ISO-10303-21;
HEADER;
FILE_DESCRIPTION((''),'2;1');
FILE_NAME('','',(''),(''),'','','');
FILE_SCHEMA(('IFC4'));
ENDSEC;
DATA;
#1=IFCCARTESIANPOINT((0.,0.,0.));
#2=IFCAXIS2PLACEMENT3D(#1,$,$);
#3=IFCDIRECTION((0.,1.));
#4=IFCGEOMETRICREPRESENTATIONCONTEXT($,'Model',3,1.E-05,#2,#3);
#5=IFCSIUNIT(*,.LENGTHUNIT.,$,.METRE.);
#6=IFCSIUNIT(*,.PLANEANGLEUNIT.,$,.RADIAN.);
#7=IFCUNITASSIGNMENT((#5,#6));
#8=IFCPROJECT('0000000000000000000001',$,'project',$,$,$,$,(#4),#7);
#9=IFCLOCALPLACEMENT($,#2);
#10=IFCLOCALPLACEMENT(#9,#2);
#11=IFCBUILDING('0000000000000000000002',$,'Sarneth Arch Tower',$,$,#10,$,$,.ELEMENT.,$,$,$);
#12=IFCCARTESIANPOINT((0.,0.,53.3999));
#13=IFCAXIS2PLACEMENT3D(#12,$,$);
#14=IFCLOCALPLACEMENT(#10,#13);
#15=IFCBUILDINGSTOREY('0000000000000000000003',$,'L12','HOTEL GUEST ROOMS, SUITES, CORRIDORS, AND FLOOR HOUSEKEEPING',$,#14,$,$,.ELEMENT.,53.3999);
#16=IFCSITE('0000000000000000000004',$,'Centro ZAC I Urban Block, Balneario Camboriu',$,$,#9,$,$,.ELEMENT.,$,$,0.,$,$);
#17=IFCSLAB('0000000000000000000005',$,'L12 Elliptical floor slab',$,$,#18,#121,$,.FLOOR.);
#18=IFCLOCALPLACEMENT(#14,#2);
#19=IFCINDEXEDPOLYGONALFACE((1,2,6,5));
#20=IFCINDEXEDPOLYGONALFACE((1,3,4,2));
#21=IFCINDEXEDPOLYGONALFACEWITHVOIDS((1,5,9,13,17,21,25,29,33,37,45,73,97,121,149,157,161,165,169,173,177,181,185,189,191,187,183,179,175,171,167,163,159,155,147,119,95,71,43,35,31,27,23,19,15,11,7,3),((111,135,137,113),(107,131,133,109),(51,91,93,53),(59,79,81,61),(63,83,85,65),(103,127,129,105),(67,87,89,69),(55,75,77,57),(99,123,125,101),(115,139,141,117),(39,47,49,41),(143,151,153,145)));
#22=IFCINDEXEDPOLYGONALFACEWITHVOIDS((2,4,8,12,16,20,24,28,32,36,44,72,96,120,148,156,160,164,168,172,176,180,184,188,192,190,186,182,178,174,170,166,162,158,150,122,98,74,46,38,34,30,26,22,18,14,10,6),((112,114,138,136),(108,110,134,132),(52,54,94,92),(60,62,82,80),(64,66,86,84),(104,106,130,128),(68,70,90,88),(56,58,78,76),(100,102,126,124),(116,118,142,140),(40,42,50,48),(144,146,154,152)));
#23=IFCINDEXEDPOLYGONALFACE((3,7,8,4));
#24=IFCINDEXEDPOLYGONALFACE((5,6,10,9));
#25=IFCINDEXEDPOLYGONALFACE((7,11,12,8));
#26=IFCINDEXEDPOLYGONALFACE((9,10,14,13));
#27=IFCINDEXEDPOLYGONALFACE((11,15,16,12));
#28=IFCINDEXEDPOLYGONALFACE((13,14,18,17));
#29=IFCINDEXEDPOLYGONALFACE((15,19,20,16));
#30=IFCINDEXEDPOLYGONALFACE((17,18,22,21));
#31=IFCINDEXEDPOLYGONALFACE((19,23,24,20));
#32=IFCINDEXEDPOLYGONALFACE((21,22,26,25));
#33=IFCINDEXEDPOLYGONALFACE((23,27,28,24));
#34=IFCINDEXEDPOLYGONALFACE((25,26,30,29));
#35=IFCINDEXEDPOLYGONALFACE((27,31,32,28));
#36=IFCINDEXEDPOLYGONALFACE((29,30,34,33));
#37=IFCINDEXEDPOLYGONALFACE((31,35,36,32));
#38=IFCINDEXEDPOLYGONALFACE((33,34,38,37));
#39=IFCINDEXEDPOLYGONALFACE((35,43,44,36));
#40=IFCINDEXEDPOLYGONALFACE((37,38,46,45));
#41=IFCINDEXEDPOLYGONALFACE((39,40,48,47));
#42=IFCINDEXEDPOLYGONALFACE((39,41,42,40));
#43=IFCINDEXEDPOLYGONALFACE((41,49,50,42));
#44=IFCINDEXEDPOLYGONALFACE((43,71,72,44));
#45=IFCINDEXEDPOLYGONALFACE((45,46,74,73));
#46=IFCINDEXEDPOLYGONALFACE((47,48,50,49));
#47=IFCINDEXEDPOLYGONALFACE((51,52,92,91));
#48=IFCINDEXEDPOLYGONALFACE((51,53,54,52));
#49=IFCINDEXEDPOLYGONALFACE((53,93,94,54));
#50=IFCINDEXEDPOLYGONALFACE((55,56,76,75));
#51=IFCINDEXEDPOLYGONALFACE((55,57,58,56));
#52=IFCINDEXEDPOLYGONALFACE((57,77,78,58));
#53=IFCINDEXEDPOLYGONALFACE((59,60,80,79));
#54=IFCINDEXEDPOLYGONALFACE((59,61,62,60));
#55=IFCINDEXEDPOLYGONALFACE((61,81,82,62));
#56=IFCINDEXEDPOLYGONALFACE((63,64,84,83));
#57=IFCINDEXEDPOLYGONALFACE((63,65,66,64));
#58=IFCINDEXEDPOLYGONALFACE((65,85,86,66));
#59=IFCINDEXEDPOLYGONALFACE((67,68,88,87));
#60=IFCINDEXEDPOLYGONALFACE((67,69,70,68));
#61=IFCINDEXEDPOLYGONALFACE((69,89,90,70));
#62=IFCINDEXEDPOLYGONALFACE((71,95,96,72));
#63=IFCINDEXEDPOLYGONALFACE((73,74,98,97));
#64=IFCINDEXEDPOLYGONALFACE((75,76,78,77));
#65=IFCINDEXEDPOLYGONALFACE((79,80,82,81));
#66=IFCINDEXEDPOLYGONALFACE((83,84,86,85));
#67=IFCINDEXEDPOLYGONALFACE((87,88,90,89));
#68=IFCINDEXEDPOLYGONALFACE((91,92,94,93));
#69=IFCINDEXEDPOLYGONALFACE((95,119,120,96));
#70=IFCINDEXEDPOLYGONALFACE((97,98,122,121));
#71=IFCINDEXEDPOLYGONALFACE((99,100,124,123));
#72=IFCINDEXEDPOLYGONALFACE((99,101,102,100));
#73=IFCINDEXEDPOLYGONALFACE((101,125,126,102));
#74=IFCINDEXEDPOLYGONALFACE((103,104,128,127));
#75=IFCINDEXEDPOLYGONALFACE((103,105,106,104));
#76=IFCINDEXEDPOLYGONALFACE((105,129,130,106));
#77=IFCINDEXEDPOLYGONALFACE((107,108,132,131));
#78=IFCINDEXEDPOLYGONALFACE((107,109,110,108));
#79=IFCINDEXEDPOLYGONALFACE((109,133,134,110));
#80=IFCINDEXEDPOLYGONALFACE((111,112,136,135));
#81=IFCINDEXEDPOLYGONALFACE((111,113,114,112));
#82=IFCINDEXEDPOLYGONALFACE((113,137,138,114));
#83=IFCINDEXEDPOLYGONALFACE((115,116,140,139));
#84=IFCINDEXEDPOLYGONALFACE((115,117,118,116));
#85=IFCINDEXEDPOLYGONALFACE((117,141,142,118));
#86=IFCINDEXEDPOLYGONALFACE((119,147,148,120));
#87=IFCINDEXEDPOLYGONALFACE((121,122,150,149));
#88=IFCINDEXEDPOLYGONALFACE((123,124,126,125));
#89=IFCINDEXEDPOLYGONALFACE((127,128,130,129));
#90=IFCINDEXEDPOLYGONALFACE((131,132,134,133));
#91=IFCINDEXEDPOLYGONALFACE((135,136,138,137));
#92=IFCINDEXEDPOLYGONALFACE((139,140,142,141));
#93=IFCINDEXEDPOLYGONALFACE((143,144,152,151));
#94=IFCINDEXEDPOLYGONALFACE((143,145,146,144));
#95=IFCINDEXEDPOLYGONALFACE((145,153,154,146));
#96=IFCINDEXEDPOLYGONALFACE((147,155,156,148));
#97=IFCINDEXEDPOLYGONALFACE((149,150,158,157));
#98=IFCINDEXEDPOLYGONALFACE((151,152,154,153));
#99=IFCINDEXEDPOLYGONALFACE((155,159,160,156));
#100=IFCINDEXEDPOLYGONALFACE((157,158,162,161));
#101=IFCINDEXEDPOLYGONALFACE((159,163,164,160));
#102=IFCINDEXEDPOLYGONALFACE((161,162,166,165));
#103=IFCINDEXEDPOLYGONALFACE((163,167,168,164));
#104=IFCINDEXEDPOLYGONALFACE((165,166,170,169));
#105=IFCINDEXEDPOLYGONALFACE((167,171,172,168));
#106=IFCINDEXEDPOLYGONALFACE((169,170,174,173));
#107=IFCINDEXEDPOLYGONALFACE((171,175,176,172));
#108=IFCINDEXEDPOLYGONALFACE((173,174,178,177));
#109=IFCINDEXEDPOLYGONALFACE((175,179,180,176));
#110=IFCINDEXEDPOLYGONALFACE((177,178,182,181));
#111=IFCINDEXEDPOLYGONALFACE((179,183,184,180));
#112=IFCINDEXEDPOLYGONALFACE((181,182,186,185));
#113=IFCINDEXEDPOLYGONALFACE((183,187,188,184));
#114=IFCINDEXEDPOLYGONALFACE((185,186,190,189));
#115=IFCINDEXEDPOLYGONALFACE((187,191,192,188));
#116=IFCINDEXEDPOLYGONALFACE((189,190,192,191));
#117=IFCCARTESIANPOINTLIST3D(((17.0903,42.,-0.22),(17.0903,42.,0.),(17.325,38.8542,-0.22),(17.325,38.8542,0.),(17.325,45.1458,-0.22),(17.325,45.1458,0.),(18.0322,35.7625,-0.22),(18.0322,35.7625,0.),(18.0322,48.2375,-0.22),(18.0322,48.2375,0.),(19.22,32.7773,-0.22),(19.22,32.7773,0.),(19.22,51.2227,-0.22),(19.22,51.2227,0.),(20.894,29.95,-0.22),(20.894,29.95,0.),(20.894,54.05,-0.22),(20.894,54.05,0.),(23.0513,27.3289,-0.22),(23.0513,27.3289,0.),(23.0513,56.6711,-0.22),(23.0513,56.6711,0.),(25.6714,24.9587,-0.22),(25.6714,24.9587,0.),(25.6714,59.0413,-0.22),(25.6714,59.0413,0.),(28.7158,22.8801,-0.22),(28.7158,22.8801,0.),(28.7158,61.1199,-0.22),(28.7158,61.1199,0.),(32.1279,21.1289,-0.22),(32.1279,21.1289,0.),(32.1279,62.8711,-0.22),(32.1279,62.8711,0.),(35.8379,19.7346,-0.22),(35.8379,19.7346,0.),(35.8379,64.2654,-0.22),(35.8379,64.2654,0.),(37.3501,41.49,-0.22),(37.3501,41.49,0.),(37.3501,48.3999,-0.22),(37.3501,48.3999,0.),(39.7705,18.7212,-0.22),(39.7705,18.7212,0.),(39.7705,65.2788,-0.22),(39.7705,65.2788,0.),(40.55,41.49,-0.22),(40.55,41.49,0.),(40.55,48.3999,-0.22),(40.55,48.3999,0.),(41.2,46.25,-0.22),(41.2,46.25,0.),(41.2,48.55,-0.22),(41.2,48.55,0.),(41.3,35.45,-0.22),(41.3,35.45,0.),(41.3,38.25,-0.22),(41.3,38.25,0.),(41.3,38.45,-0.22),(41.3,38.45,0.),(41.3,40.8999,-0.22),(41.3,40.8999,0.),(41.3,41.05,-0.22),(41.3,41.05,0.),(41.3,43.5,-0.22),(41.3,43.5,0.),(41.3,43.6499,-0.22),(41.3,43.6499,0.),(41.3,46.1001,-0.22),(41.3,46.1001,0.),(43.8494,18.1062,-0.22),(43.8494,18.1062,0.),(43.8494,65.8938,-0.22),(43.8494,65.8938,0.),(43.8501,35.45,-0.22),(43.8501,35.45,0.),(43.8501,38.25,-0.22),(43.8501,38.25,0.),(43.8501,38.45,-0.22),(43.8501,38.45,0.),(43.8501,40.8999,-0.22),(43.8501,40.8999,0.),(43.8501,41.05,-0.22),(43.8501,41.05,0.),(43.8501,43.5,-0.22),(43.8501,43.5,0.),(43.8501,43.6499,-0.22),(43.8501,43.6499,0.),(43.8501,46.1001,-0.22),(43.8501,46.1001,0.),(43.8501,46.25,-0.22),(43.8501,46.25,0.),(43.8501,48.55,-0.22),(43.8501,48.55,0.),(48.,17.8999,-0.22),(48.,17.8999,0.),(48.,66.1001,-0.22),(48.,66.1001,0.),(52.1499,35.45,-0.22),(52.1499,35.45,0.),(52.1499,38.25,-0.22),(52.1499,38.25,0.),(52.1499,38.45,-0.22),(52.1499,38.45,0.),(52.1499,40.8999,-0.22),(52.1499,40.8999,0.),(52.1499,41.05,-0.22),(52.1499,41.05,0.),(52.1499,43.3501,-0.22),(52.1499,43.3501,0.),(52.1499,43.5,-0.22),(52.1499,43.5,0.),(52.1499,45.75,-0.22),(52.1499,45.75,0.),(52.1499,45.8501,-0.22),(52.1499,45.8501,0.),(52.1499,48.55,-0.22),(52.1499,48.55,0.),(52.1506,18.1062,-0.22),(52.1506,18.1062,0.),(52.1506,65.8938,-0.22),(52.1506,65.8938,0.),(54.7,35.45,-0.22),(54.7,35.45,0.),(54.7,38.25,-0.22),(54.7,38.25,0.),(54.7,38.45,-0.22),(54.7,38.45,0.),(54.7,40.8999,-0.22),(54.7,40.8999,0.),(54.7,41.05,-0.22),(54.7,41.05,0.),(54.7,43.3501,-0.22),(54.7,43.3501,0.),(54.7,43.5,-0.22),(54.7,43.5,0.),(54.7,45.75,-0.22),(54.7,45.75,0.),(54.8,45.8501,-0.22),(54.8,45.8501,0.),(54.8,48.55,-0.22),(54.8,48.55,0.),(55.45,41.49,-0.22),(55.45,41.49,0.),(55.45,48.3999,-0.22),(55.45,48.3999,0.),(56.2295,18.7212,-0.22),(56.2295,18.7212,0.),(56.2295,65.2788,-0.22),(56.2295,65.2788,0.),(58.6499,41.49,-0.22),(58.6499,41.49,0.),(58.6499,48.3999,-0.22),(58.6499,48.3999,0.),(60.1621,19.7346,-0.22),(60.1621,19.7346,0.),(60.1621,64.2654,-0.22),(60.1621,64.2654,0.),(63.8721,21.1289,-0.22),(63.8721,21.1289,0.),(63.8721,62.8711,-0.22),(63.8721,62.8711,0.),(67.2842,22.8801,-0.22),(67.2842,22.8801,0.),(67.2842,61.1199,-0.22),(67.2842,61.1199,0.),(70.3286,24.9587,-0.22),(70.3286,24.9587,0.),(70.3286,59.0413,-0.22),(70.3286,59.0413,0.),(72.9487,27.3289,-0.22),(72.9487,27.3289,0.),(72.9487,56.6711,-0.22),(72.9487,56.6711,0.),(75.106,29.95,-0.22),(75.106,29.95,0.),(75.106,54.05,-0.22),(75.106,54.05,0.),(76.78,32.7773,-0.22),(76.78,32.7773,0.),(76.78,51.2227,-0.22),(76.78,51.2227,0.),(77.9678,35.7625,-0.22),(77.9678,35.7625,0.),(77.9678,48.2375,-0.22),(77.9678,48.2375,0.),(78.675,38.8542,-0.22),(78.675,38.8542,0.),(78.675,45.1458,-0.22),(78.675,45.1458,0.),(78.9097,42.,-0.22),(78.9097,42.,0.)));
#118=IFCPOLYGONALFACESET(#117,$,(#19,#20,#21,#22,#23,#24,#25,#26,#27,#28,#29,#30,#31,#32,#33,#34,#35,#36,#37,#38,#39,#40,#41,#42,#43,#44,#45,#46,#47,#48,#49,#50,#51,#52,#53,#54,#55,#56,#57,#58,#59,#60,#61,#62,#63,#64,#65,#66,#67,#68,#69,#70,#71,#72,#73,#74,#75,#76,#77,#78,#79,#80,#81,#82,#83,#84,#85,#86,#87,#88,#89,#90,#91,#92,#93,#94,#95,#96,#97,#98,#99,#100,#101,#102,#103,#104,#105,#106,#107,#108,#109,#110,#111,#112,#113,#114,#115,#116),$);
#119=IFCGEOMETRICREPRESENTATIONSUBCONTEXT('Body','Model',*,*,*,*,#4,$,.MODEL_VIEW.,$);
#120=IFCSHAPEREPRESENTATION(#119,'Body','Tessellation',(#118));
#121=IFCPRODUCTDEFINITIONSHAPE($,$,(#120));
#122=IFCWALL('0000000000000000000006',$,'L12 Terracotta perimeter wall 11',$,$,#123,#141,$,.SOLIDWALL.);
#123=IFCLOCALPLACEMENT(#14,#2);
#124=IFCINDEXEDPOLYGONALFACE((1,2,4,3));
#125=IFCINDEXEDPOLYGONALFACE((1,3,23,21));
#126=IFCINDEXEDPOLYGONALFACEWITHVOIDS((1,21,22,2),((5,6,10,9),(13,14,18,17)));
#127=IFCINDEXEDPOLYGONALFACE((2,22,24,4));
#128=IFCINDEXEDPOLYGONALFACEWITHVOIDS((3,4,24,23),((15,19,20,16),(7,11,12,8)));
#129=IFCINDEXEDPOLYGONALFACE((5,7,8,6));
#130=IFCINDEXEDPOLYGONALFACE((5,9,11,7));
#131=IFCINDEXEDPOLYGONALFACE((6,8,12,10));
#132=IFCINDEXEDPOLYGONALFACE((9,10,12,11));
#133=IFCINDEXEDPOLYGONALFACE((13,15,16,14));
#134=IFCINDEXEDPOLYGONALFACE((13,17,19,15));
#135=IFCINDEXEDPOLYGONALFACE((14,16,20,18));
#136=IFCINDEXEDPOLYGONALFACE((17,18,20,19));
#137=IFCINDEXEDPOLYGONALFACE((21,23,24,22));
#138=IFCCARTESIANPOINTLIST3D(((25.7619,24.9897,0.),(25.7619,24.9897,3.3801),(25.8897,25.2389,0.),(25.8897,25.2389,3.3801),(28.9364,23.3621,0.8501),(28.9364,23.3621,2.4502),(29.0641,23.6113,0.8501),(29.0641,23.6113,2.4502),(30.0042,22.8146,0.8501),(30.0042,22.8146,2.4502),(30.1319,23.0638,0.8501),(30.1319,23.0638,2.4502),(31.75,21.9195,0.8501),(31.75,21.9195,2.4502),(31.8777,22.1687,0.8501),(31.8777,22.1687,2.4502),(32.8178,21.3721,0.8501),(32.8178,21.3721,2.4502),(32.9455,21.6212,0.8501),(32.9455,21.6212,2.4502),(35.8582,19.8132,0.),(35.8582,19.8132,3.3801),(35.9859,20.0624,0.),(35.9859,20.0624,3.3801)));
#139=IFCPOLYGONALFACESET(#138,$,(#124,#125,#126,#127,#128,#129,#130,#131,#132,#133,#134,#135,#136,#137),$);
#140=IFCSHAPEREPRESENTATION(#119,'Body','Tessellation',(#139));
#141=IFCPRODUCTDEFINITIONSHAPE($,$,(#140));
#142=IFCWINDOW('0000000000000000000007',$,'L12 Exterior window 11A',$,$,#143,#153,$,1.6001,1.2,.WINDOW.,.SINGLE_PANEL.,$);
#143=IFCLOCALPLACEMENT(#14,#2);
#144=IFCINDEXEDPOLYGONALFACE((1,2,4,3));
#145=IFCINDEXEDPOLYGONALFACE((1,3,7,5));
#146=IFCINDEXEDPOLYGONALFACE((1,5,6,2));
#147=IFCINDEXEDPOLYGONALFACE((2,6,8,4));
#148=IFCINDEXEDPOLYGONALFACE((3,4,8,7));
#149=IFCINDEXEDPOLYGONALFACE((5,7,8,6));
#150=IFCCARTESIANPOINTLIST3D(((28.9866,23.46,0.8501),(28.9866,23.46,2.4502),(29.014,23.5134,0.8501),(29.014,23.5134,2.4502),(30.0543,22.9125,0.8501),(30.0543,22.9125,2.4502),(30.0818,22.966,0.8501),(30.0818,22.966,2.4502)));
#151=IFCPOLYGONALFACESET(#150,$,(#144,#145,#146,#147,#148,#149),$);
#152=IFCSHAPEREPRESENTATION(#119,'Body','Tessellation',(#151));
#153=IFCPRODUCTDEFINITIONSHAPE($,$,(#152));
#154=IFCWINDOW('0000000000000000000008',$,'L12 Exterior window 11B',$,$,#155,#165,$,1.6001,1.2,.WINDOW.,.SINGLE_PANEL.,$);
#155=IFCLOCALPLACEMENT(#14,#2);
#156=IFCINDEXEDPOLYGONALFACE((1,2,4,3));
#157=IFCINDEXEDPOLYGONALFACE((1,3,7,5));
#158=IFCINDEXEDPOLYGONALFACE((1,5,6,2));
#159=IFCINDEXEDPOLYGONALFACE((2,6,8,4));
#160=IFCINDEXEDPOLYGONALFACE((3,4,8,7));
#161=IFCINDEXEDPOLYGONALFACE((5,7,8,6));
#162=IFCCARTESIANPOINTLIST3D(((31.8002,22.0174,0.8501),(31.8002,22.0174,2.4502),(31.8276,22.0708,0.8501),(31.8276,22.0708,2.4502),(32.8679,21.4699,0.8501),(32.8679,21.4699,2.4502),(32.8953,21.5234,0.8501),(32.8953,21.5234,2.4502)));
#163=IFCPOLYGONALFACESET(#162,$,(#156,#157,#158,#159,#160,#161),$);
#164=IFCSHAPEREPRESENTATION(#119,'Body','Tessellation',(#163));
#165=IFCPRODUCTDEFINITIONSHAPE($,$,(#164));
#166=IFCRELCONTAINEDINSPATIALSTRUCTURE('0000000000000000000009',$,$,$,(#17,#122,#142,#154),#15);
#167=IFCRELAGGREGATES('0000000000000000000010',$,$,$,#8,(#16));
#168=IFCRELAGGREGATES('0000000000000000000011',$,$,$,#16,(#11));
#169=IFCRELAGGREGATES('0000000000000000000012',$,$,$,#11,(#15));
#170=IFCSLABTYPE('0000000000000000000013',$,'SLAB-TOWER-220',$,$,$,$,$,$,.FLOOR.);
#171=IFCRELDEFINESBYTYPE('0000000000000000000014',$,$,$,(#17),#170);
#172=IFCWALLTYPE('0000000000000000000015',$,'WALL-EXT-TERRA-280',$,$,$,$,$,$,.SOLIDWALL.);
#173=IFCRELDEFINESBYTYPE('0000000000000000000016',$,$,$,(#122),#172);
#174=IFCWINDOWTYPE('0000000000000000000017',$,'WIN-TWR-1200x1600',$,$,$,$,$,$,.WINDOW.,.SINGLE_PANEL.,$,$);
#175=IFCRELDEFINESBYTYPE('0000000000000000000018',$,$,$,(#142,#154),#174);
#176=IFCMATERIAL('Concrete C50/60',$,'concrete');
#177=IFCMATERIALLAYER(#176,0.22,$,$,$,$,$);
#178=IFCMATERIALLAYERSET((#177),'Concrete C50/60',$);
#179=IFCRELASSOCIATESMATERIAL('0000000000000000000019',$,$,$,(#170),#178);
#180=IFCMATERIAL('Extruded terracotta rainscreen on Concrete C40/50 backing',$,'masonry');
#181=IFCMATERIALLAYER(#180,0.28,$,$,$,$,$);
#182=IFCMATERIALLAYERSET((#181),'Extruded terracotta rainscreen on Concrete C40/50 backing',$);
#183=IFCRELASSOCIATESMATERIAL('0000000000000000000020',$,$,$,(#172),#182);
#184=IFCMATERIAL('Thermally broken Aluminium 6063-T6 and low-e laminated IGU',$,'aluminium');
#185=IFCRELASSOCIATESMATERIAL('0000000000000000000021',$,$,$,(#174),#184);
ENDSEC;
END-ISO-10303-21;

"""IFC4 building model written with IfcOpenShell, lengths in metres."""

from ifc_helpers import new_model, si_unit, direction, frame, frame_2d, origin, place, context, subcontext, project, spatial, polyline, rectangle, outline, extrude, material, layer, layer_set, type_object, element, fill, save


model = new_model("IFC4")

# Units and contexts
model_context = context("Model", 3, precision=1e-05, world=origin(), true_north=direction((0.0, 1.0)))
body_context = subcontext(model_context, "Body", "Model", "MODEL_VIEW")
ifc_project = project(units=[si_unit("LENGTHUNIT", "METRE"), si_unit("PLANEANGLEUNIT", "RADIAN")], contexts=[model_context])

# Site, building, storey
site_placement = place(None, origin())
site = spatial("IfcSite", under=ifc_project, at=site_placement, Name="Centro ZAC I Urban Block, Balneario Camboriu", CompositionType="ELEMENT", RefElevation=0.0)
building_placement = place(site_placement, origin())
building = spatial("IfcBuilding", under=site, at=building_placement, Name="Sarneth Arch Tower", CompositionType="ELEMENT")
storey_placement = place(building_placement, frame((0.0, 0.0, 53.3999)))
storey = spatial("IfcBuildingStorey", under=building, at=storey_placement, Name="L12", Description="HOTEL GUEST ROOMS, SUITES, CORRIDORS, AND FLOOR HOUSEKEEPING", CompositionType="ELEMENT", Elevation=53.3999)

# Slab
ifc_material_1 = material(Name="Concrete C50/60", Category="concrete")
ifc_layer_1 = layer(ifc_material_1, 0.22)
ifc_layer_set_1 = layer_set([ifc_layer_1], Name="Concrete C50/60")
slab_type_1 = type_object("IfcSlabType", Name="SLAB-TOWER-220", PredefinedType="FLOOR", material=ifc_layer_set_1)
slab_1_placement = place(storey_placement, frame((0.0, 0.0, -0.22)))
element("IfcSlab", 1, at=slab_1_placement, inside=storey, type_object=slab_type_1, Name="L12 Elliptical floor slab", PredefinedType="FLOOR", context=body_context, shape_type="SweptSolid", body=[
    extrude(outline(polyline([(78.9097, 42.0), (78.675, 45.1458), (77.9678, 48.2375), (76.78, 51.2227), (75.106, 54.05), (72.9487, 56.6711), (70.3286, 59.0413), (67.2842, 61.1199), (63.8721, 62.8711), (60.1621, 64.2654), (56.2295, 65.2788), (52.1506, 65.8938), (48.0, 66.1001), (43.8494, 65.8938), (39.7705, 65.2788), (35.8379, 64.2654), (32.1279, 62.8711), (28.7158, 61.1199), (25.6714, 59.0413), (23.0513, 56.6711), (20.894, 54.05), (19.22, 51.2227), (18.0322, 48.2375), (17.325, 45.1458), (17.0903, 42.0), (17.325, 38.8542), (18.0322, 35.7625), (19.22, 32.7773), (20.894, 29.95), (23.0513, 27.3289), (25.6714, 24.9587), (28.7158, 22.8801), (32.1279, 21.1289), (35.8379, 19.7346), (39.7705, 18.7212), (43.8494, 18.1062), (48.0, 17.8999), (52.1506, 18.1062), (56.2295, 18.7212), (60.1621, 19.7346), (63.8721, 21.1289), (67.2842, 22.8801), (70.3286, 24.9587), (72.9487, 27.3289), (75.106, 29.95), (76.78, 32.7773), (77.9678, 35.7625), (78.675, 38.8542), (78.9097, 42.0)]), holes=[polyline([(37.3501, 41.49), (40.55, 41.49), (40.55, 48.3999), (37.3501, 48.3999), (37.3501, 41.49)]), polyline([(55.45, 41.49), (58.6499, 41.49), (58.6499, 48.3999), (55.45, 48.3999), (55.45, 41.49)]), polyline([(41.2, 46.25), (43.8501, 46.25), (43.8501, 48.55), (41.2, 48.55), (41.2, 46.25)]), polyline([(41.3, 35.45), (43.8501, 35.45), (43.8501, 38.25), (41.3, 38.25), (41.3, 35.45)]), polyline([(52.1499, 35.45), (54.7, 35.45), (54.7, 38.25), (52.1499, 38.25), (52.1499, 35.45)]), polyline([(52.1499, 45.8501), (54.8, 45.8501), (54.8, 48.55), (52.1499, 48.55), (52.1499, 45.8501)]), polyline([(41.3, 38.45), (43.8501, 38.45), (43.8501, 40.8999), (41.3, 40.8999), (41.3, 38.45)]), polyline([(41.3, 41.05), (43.8501, 41.05), (43.8501, 43.5), (41.3, 43.5), (41.3, 41.05)]), polyline([(41.3, 43.6499), (43.8501, 43.6499), (43.8501, 46.1001), (41.3, 46.1001), (41.3, 43.6499)]), polyline([(52.1499, 38.45), (54.7, 38.45), (54.7, 40.8999), (52.1499, 40.8999), (52.1499, 38.45)]), polyline([(52.1499, 41.05), (54.7, 41.05), (54.7, 43.3501), (52.1499, 43.3501), (52.1499, 41.05)]), polyline([(52.1499, 43.5), (54.7, 43.5), (54.7, 45.75), (52.1499, 45.75), (52.1499, 43.5)])]), origin(), (0.0, 0.0, 1.0), 0.22),
])

# Wall, openings, windows
ifc_material_2 = material(Name="Extruded terracotta rainscreen on Concrete C40/50 backing", Category="masonry")
ifc_layer_2 = layer(ifc_material_2, 0.28)
ifc_layer_set_2 = layer_set([ifc_layer_2], Name="Extruded terracotta rainscreen on Concrete C40/50 backing")
wall_type_1 = type_object("IfcWallType", Name="WALL-EXT-TERRA-280", PredefinedType="SOLIDWALL", material=ifc_layer_set_2)
wall_1_placement = place(storey_placement, frame((25.8259, 25.1143, 0.0), z_axis=(0.0, 0.0, 1.0), x_axis=(0.889854, -0.456245, 0.0)))
wall_1 = element("IfcWall", 2, at=wall_1_placement, inside=storey, type_object=wall_type_1, Name="L12 Terracotta perimeter wall 11", PredefinedType="SOLIDWALL", context=body_context, shape_type="SweptSolid", body=[
    extrude(rectangle(XDim=11.3459, YDim=0.28, at=frame_2d((5.6729, 0.0))), origin(), (0.0, 0.0, 1.0), 3.3801),
])
opening_1_placement = place(wall_1_placement, frame((3.5671, 0.0, 0.8501)))
opening_1 = element("IfcOpeningElement", 3, at=opening_1_placement, cuts=wall_1, PredefinedType="OPENING", context=body_context, shape_type="SweptSolid", body=[
    extrude(rectangle(XDim=1.2, YDim=1.6001, at=frame_2d((0.6001, 0.8))), frame((0.0, 0.1499, 0.0), z_axis=(0.0, -1.0, 0.0), x_axis=(1.0, 0.0, 0.0)), (0.0, 0.0, 1.0), 0.3),
])
opening_2_placement = place(wall_1_placement, frame((6.729, 0.0, 0.8501)))
opening_2 = element("IfcOpeningElement", 4, at=opening_2_placement, cuts=wall_1, PredefinedType="OPENING", context=body_context, shape_type="SweptSolid", body=[
    extrude(rectangle(XDim=1.2, YDim=1.6001, at=frame_2d((0.6001, 0.8))), frame((0.0, 0.1499, 0.0), z_axis=(0.0, -1.0, 0.0), x_axis=(1.0, 0.0, 0.0)), (0.0, 0.0, 1.0), 0.3),
])
ifc_material_3 = material(Name="Thermally broken Aluminium 6063-T6 and low-e laminated IGU", Category="aluminium")
window_type = type_object("IfcWindowType", Name="WIN-TWR-1200x1600", PartitioningType="SINGLE_PANEL", PredefinedType="WINDOW", material=ifc_material_3)
window_1_placement = place(opening_1_placement, origin())
window_1 = element("IfcWindow", 5, at=window_1_placement, inside=storey, type_object=window_type, Name="L12 Exterior window 11A", OverallHeight=1.6001, OverallWidth=1.2, PartitioningType="SINGLE_PANEL", PredefinedType="WINDOW", context=body_context, shape_type="SweptSolid", body=[
    extrude(rectangle(XDim=1.2, YDim=1.6001, at=frame_2d((0.6001, 0.8))), frame((0.0, 0.03, 0.0), z_axis=(0.0, -1.0, 0.0), x_axis=(1.0, 0.0, 0.0)), (0.0, 0.0, 1.0), 0.0601),
])
fill(opening_1, window_1)
window_2_placement = place(opening_2_placement, origin())
window_2 = element("IfcWindow", 6, at=window_2_placement, inside=storey, type_object=window_type, Name="L12 Exterior window 11B", OverallHeight=1.6001, OverallWidth=1.2, PartitioningType="SINGLE_PANEL", PredefinedType="WINDOW", context=body_context, shape_type="SweptSolid", body=[
    extrude(rectangle(XDim=1.2, YDim=1.6001, at=frame_2d((0.6001, 0.8))), frame((0.0, 0.03, 0.0), z_axis=(0.0, -1.0, 0.0), x_axis=(1.0, 0.0, 0.0)), (0.0, 0.0, 1.0), 0.0601),
])
fill(opening_2, window_2)

save(model, "model.ifc")
